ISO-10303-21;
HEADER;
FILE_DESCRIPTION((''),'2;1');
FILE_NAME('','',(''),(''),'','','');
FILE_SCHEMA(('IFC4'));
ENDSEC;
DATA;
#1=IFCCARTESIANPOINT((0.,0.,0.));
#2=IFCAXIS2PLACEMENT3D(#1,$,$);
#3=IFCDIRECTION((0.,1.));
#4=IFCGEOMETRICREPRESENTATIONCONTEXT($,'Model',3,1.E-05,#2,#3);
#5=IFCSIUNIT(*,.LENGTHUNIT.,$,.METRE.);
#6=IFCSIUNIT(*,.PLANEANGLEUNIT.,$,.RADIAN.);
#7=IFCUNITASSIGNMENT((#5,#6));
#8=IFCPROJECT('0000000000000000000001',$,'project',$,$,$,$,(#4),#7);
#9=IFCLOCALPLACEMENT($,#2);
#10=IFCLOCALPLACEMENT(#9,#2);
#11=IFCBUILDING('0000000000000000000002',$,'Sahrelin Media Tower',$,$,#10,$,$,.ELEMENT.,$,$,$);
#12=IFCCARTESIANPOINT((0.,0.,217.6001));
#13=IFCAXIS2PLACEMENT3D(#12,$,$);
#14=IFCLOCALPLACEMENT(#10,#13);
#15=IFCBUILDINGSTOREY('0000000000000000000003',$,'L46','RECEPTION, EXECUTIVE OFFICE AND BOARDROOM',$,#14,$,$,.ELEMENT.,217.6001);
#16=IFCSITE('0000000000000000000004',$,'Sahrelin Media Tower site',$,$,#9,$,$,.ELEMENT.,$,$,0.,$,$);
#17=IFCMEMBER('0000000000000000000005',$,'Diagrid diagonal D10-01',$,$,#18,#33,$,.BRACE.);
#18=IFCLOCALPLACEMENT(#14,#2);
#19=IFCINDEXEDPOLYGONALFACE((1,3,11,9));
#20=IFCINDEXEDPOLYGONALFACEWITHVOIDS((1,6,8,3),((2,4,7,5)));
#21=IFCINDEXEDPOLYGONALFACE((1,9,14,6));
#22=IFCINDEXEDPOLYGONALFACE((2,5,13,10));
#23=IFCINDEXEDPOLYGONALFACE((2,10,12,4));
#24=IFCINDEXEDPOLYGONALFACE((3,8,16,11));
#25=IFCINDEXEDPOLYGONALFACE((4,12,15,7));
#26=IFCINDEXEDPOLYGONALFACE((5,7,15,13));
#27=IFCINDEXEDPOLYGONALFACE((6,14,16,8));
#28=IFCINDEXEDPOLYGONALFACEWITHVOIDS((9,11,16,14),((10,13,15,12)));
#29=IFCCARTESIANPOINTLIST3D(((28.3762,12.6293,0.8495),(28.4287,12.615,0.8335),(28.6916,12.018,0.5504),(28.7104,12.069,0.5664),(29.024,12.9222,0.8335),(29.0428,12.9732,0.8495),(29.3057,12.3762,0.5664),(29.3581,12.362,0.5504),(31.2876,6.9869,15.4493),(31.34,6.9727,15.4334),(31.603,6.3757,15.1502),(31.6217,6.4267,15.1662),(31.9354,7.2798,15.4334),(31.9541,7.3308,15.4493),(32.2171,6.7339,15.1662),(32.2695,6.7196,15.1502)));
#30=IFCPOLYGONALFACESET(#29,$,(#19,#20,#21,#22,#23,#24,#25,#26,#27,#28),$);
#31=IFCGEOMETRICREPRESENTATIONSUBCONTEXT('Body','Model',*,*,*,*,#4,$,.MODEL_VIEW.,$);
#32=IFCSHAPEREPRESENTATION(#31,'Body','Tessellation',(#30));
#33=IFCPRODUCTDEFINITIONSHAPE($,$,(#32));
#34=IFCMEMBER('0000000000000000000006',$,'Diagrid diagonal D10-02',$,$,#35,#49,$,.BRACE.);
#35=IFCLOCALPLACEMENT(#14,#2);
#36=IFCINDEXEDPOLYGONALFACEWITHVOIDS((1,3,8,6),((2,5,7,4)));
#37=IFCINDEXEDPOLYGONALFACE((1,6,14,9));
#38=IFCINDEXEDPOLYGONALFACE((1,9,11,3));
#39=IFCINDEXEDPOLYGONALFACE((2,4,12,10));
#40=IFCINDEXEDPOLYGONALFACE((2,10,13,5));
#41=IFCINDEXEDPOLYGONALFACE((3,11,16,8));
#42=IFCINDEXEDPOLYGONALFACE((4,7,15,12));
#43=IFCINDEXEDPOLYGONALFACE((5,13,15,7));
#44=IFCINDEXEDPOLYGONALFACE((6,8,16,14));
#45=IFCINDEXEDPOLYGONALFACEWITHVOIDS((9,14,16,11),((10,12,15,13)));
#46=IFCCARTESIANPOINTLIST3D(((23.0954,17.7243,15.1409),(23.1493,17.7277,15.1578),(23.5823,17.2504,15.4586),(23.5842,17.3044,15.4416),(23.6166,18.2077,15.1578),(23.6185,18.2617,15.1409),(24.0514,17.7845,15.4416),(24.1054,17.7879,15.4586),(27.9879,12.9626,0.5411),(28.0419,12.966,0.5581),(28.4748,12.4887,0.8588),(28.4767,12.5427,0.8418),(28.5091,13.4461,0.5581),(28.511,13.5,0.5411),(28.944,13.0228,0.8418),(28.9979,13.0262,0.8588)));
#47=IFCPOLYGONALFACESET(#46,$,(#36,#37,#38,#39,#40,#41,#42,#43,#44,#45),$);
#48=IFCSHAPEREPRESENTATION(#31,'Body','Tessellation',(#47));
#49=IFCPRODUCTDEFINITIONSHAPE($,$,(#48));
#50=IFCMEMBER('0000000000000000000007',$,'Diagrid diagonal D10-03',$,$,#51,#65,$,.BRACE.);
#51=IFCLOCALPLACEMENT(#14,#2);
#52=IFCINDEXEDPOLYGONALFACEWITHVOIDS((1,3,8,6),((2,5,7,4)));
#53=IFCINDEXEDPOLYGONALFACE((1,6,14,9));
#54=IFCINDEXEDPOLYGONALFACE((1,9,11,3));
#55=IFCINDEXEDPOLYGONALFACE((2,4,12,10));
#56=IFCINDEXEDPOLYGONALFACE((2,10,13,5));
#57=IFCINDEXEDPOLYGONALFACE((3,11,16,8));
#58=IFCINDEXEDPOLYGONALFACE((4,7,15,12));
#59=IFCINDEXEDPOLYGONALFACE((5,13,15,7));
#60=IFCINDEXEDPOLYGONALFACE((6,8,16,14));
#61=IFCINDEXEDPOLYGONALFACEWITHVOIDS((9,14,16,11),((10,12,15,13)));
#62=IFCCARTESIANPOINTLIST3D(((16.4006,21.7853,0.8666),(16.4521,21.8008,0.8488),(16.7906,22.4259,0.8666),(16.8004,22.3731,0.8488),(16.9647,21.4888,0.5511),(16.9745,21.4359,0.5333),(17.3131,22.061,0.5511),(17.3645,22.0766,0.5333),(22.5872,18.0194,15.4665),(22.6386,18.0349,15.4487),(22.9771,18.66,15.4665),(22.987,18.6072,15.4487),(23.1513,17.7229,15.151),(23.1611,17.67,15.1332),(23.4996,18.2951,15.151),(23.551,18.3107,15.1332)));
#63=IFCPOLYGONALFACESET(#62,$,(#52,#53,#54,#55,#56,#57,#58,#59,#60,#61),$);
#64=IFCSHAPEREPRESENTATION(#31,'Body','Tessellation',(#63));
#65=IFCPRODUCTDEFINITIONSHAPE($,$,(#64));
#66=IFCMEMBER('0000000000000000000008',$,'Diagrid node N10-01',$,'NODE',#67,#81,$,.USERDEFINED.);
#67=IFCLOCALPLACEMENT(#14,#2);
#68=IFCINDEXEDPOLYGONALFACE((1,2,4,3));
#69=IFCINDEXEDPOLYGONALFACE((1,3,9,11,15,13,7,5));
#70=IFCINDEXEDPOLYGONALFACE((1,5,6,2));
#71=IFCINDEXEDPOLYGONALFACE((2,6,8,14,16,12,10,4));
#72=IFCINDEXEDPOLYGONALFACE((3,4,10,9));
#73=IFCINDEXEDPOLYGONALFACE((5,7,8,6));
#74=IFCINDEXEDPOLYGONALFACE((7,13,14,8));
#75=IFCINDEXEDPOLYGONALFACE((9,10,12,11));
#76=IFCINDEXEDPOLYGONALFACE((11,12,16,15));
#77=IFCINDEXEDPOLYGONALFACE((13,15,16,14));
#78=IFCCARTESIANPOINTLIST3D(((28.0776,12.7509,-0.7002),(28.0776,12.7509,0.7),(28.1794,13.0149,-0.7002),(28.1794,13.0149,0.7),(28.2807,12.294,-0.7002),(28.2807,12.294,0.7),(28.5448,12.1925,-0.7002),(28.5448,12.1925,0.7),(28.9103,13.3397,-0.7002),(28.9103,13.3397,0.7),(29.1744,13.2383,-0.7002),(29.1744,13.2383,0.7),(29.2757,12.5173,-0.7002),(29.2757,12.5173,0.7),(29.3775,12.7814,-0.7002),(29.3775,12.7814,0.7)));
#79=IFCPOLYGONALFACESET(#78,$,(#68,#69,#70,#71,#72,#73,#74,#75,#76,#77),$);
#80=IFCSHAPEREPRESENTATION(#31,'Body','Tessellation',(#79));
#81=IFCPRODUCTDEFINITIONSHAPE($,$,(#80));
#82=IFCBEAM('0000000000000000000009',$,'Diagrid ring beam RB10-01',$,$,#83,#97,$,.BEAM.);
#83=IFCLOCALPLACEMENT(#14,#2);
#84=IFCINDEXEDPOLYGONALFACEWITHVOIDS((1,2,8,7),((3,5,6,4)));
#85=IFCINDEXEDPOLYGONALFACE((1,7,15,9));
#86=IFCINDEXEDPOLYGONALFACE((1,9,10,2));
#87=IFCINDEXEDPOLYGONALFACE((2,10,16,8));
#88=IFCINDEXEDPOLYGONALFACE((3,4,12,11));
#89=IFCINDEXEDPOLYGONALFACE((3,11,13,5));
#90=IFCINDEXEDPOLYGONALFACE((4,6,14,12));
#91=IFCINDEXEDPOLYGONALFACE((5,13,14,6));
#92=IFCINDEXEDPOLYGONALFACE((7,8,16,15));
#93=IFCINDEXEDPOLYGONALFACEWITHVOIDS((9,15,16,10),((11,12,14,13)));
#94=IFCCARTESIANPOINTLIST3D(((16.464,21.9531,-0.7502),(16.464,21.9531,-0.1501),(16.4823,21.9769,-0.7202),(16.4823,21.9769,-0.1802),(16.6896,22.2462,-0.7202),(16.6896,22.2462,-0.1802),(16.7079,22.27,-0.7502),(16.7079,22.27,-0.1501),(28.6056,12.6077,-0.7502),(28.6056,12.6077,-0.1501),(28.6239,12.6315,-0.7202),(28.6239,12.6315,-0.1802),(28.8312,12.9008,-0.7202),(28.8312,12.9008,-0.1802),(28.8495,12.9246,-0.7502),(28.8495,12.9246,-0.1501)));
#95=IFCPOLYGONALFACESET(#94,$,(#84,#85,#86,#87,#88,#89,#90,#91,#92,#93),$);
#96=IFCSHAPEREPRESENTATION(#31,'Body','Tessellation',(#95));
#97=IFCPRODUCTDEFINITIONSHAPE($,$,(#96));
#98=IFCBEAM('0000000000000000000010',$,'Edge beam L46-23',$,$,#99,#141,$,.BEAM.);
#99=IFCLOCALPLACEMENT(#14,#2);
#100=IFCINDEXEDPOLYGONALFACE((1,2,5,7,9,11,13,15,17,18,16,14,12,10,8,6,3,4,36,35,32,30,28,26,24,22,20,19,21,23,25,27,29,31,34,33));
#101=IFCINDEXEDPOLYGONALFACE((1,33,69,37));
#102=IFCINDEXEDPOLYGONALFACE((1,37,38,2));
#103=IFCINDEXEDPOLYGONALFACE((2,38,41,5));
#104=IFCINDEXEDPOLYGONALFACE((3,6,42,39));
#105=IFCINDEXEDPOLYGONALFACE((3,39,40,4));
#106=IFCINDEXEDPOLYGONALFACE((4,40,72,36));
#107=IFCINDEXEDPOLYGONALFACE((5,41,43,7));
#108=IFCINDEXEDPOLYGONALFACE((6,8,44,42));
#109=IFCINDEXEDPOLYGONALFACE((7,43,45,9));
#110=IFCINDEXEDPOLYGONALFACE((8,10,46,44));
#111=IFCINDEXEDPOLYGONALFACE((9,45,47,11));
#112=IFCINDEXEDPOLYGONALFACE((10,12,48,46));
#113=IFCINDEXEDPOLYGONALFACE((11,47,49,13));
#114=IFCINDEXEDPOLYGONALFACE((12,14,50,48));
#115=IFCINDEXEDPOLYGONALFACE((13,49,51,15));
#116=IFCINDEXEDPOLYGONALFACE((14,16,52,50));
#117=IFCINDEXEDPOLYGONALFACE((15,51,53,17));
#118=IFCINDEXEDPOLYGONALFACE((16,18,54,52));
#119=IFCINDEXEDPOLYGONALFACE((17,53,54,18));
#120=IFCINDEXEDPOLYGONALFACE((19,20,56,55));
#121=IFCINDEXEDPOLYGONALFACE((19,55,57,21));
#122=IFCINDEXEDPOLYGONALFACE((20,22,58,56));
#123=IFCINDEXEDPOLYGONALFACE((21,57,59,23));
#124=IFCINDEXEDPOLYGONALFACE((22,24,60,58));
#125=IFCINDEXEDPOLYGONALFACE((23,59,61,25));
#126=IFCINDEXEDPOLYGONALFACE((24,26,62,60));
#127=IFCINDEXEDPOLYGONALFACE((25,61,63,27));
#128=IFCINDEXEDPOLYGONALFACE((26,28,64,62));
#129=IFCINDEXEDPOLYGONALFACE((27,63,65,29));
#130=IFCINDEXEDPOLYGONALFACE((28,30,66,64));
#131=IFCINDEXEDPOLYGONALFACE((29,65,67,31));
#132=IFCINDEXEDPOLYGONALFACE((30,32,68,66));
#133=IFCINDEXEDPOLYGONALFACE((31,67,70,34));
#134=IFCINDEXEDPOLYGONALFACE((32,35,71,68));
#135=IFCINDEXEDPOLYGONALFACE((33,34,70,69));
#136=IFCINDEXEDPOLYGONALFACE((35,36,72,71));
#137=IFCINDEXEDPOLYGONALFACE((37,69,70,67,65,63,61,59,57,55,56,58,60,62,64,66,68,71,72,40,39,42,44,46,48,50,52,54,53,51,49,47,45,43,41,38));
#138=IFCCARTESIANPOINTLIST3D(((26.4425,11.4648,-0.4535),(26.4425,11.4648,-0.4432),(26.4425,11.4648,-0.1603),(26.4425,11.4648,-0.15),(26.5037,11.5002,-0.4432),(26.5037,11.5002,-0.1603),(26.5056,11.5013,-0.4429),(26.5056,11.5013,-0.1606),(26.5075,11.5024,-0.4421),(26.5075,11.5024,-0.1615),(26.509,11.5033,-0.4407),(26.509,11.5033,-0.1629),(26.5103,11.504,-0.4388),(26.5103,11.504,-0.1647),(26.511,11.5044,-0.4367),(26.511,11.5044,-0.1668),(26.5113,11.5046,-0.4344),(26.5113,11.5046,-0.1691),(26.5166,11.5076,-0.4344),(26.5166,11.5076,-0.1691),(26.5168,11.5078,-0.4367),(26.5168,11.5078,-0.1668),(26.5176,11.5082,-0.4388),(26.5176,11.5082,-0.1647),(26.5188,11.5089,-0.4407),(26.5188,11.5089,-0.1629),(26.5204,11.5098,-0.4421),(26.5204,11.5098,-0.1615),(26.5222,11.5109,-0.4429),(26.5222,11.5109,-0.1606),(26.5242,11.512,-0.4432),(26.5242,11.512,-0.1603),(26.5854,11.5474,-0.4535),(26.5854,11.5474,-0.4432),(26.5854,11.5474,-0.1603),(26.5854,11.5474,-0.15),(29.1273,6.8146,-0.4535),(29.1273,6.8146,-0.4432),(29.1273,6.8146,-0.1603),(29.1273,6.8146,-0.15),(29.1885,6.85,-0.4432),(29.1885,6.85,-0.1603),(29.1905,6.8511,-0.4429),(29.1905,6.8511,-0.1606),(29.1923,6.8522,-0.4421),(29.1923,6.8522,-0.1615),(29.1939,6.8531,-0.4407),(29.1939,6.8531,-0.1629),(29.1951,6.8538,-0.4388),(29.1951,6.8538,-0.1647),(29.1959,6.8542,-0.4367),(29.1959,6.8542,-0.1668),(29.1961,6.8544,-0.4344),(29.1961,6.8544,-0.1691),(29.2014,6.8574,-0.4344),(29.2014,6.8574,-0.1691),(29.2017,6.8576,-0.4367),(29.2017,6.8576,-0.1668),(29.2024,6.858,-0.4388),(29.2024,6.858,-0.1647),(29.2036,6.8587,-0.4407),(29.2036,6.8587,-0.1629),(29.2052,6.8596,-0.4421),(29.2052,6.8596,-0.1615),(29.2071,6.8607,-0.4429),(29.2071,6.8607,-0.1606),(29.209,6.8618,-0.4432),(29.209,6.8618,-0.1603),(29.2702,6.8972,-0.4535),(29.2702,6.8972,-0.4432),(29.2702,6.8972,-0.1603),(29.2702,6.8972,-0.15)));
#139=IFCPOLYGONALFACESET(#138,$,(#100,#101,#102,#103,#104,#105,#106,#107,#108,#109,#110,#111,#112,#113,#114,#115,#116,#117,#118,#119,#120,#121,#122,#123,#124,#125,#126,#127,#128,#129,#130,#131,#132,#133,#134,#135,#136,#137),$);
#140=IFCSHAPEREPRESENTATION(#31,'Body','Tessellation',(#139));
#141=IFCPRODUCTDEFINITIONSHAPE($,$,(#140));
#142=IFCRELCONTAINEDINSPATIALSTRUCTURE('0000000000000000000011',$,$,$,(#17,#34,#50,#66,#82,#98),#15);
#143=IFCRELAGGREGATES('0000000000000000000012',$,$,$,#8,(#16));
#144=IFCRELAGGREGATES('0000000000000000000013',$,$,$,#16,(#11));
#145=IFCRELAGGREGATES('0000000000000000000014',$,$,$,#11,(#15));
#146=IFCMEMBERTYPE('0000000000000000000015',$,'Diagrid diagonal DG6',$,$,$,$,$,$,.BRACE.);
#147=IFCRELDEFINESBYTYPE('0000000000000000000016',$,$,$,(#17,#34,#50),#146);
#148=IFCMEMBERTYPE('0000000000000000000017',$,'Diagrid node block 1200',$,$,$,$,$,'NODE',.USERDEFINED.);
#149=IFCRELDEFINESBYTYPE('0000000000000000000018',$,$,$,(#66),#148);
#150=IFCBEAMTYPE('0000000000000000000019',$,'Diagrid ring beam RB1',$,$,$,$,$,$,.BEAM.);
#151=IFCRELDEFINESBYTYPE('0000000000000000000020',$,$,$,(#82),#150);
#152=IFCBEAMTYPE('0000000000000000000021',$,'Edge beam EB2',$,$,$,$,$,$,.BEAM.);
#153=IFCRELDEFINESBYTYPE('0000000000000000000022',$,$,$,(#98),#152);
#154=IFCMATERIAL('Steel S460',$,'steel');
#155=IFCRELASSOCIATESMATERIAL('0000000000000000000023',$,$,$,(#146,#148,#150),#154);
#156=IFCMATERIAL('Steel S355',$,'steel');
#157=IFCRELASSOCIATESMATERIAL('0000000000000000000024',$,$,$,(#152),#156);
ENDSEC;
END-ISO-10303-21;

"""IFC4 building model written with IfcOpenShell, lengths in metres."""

from ifc_helpers import new_model, si_unit, direction, frame, origin, origin_2d, place, context, subcontext, project, spatial, polyline, hollow_rectangle, i_section, outline, extrude, material, material_profile, profile_set, type_object, element, save


model = new_model("IFC4")

# Units and contexts
model_context = context("Model", 3, precision=1e-05, world=origin(), true_north=direction((0.0, 1.0)))
body_context = subcontext(model_context, "Body", "Model", "MODEL_VIEW")
ifc_project = project(units=[si_unit("LENGTHUNIT", "METRE"), si_unit("PLANEANGLEUNIT", "RADIAN")], contexts=[model_context])

# Site, building, storey
site_placement = place(None, origin())
site = spatial("IfcSite", under=ifc_project, at=site_placement, Name="Sahrelin Media Tower site", CompositionType="ELEMENT", RefElevation=0.0)
building_placement = place(site_placement, origin())
building = spatial("IfcBuilding", under=site, at=building_placement, Name="Sahrelin Media Tower", CompositionType="ELEMENT")
storey_placement = place(building_placement, frame((0.0, 0.0, 217.6001)))
storey = spatial("IfcBuildingStorey", under=building, at=storey_placement, Name="L46", Description="RECEPTION, EXECUTIVE OFFICE AND BOARDROOM", CompositionType="ELEMENT", Elevation=217.6001)

# Members
ifc_material_1 = material(Name="Steel S460", Category="steel")
ifc_material_profile_1 = material_profile(ifc_material_1, hollow_rectangle(XDim=0.75, YDim=0.75, WallThickness=0.04, at=origin_2d()), Name="Diagrid diagonal DG6")
ifc_profile_set_1 = profile_set([ifc_material_profile_1], Name="Steel S460")
member_type_1 = type_object("IfcMemberType", Name="Diagrid diagonal DG6", PredefinedType="BRACE", material=ifc_profile_set_1)
member_1_placement = place(storey_placement, frame((28.8672, 12.4956, 0.7), z_axis=(0.182868, -0.354403, 0.917038), x_axis=(0.888672, 0.458544, 0.0)))
element("IfcMember", 1, at=member_1_placement, inside=storey, type_object=member_type_1, Name="Diagrid diagonal D10-01", PredefinedType="BRACE", context=body_context, shape_type="SweptSolid", body=[
    extrude(hollow_rectangle(XDim=0.75, YDim=0.75, WallThickness=0.04, at=origin_2d()), origin(), (0.0, 0.0, 1.0), 15.9207),
])
member_2_placement = place(storey_placement, frame((28.4929, 12.9944, 0.7), z_axis=(-0.303561, 0.295442, 0.90585), x_axis=(-0.697458, -0.716625, 0.0)))
element("IfcMember", 2, at=member_2_placement, inside=storey, type_object=member_type_1, Name="Diagrid diagonal D10-02", PredefinedType="BRACE", context=body_context, shape_type="SweptSolid", body=[
    extrude(hollow_rectangle(XDim=0.75, YDim=0.75, WallThickness=0.04, at=origin_2d()), origin(), (0.0, 0.0, 1.0), 16.1172),
])
member_3_placement = place(storey_placement, frame((16.8826, 21.9309, 0.7), z_axis=(0.379598, -0.231069, 0.89583), x_axis=(0.519963, 0.854189, 0.0)))
element("IfcMember", 3, at=member_3_placement, inside=storey, type_object=member_type_1, Name="Diagrid diagonal D10-03", PredefinedType="BRACE", context=body_context, shape_type="SweptSolid", body=[
    extrude(hollow_rectangle(XDim=0.75, YDim=0.75, WallThickness=0.04, at=origin_2d()), origin(), (0.0, 0.0, 1.0), 16.2976),
])
ifc_material_profile_2 = material_profile(ifc_material_1, outline(polyline([(0.3999, -0.45), (0.6001, -0.25), (0.6001, 0.25), (0.3999, 0.45), (-0.3999, 0.45), (-0.6001, 0.25), (-0.6001, -0.25), (-0.3999, -0.45), (0.3999, -0.45)])), Name="Diagrid node block 1200")
ifc_profile_set_2 = profile_set([ifc_material_profile_2], Name="Steel S460")
member_type_2 = type_object("IfcMemberType", Name="Diagrid node block 1200", ElementType="NODE", PredefinedType="USERDEFINED", material=ifc_profile_set_2)
member_4_placement = place(storey_placement, frame((28.7275, 12.7661, -0.7002), z_axis=(0.0, 0.0, 1.0), x_axis=(0.913832, 0.406092, 0.0)))
element("IfcMember", 4, at=member_4_placement, inside=storey, type_object=member_type_2, Name="Diagrid node N10-01", ObjectType="NODE", PredefinedType="USERDEFINED", context=body_context, shape_type="SweptSolid", body=[
    extrude(outline(polyline([(0.3999, -0.45), (0.6001, -0.25), (0.6001, 0.25), (0.3999, 0.45), (-0.3999, 0.45), (-0.6001, 0.25), (-0.6001, -0.25), (-0.3999, -0.45), (0.3999, -0.45)])), origin(), (0.0, 0.0, 1.0), 1.4001),
])

# Beams
ifc_material_profile_3 = material_profile(ifc_material_1, hollow_rectangle(XDim=0.3999, YDim=0.6001, WallThickness=0.03, at=origin_2d()), Name="Diagrid ring beam RB1")
ifc_profile_set_3 = profile_set([ifc_material_profile_3], Name="Steel S460")
beam_type_1 = type_object("IfcBeamType", Name="Diagrid ring beam RB1", PredefinedType="BEAM", material=ifc_profile_set_3)
beam_1_placement = place(storey_placement, frame((28.7275, 12.7661, -0.4502), z_axis=(-0.792442, 0.609947, 0.0), x_axis=(-0.609947, -0.792442, 0.0)))
element("IfcBeam", 5, at=beam_1_placement, inside=storey, type_object=beam_type_1, Name="Diagrid ring beam RB10-01", PredefinedType="BEAM", context=body_context, shape_type="SweptSolid", body=[
    extrude(hollow_rectangle(XDim=0.3999, YDim=0.6001, WallThickness=0.03, at=origin_2d()), origin(), (0.0, 0.0, 1.0), 15.3218),
])
ifc_material_2 = material(Name="Steel S355", Category="steel")
ifc_material_profile_4 = material_profile(ifc_material_2, i_section(OverallWidth=0.165, OverallDepth=0.3035, WebThickness=0.0061, FlangeThickness=0.0103, FilletRadius=0.0088, at=origin_2d()), Name="UB 305x165x40")
ifc_profile_set_4 = profile_set([ifc_material_profile_4], Name="Steel S355")
beam_type_2 = type_object("IfcBeamType", Name="Edge beam EB2", PredefinedType="BEAM", material=ifc_profile_set_4)
beam_2_placement = place(storey_placement, frame((26.5139, 11.5061, -0.3018), z_axis=(0.500007, -0.866021, 0.0), x_axis=(0.866021, 0.500007, 0.0)))
element("IfcBeam", 6, at=beam_2_placement, inside=storey, type_object=beam_type_2, Name="Edge beam L46-23", PredefinedType="BEAM", context=body_context, shape_type="SweptSolid", body=[
    extrude(i_section(OverallWidth=0.165, OverallDepth=0.3035, WebThickness=0.0061, FlangeThickness=0.0103, FilletRadius=0.0088, at=origin_2d()), origin(), (0.0, 0.0, 1.0), 5.3696),
])

save(model, "model.ifc")
